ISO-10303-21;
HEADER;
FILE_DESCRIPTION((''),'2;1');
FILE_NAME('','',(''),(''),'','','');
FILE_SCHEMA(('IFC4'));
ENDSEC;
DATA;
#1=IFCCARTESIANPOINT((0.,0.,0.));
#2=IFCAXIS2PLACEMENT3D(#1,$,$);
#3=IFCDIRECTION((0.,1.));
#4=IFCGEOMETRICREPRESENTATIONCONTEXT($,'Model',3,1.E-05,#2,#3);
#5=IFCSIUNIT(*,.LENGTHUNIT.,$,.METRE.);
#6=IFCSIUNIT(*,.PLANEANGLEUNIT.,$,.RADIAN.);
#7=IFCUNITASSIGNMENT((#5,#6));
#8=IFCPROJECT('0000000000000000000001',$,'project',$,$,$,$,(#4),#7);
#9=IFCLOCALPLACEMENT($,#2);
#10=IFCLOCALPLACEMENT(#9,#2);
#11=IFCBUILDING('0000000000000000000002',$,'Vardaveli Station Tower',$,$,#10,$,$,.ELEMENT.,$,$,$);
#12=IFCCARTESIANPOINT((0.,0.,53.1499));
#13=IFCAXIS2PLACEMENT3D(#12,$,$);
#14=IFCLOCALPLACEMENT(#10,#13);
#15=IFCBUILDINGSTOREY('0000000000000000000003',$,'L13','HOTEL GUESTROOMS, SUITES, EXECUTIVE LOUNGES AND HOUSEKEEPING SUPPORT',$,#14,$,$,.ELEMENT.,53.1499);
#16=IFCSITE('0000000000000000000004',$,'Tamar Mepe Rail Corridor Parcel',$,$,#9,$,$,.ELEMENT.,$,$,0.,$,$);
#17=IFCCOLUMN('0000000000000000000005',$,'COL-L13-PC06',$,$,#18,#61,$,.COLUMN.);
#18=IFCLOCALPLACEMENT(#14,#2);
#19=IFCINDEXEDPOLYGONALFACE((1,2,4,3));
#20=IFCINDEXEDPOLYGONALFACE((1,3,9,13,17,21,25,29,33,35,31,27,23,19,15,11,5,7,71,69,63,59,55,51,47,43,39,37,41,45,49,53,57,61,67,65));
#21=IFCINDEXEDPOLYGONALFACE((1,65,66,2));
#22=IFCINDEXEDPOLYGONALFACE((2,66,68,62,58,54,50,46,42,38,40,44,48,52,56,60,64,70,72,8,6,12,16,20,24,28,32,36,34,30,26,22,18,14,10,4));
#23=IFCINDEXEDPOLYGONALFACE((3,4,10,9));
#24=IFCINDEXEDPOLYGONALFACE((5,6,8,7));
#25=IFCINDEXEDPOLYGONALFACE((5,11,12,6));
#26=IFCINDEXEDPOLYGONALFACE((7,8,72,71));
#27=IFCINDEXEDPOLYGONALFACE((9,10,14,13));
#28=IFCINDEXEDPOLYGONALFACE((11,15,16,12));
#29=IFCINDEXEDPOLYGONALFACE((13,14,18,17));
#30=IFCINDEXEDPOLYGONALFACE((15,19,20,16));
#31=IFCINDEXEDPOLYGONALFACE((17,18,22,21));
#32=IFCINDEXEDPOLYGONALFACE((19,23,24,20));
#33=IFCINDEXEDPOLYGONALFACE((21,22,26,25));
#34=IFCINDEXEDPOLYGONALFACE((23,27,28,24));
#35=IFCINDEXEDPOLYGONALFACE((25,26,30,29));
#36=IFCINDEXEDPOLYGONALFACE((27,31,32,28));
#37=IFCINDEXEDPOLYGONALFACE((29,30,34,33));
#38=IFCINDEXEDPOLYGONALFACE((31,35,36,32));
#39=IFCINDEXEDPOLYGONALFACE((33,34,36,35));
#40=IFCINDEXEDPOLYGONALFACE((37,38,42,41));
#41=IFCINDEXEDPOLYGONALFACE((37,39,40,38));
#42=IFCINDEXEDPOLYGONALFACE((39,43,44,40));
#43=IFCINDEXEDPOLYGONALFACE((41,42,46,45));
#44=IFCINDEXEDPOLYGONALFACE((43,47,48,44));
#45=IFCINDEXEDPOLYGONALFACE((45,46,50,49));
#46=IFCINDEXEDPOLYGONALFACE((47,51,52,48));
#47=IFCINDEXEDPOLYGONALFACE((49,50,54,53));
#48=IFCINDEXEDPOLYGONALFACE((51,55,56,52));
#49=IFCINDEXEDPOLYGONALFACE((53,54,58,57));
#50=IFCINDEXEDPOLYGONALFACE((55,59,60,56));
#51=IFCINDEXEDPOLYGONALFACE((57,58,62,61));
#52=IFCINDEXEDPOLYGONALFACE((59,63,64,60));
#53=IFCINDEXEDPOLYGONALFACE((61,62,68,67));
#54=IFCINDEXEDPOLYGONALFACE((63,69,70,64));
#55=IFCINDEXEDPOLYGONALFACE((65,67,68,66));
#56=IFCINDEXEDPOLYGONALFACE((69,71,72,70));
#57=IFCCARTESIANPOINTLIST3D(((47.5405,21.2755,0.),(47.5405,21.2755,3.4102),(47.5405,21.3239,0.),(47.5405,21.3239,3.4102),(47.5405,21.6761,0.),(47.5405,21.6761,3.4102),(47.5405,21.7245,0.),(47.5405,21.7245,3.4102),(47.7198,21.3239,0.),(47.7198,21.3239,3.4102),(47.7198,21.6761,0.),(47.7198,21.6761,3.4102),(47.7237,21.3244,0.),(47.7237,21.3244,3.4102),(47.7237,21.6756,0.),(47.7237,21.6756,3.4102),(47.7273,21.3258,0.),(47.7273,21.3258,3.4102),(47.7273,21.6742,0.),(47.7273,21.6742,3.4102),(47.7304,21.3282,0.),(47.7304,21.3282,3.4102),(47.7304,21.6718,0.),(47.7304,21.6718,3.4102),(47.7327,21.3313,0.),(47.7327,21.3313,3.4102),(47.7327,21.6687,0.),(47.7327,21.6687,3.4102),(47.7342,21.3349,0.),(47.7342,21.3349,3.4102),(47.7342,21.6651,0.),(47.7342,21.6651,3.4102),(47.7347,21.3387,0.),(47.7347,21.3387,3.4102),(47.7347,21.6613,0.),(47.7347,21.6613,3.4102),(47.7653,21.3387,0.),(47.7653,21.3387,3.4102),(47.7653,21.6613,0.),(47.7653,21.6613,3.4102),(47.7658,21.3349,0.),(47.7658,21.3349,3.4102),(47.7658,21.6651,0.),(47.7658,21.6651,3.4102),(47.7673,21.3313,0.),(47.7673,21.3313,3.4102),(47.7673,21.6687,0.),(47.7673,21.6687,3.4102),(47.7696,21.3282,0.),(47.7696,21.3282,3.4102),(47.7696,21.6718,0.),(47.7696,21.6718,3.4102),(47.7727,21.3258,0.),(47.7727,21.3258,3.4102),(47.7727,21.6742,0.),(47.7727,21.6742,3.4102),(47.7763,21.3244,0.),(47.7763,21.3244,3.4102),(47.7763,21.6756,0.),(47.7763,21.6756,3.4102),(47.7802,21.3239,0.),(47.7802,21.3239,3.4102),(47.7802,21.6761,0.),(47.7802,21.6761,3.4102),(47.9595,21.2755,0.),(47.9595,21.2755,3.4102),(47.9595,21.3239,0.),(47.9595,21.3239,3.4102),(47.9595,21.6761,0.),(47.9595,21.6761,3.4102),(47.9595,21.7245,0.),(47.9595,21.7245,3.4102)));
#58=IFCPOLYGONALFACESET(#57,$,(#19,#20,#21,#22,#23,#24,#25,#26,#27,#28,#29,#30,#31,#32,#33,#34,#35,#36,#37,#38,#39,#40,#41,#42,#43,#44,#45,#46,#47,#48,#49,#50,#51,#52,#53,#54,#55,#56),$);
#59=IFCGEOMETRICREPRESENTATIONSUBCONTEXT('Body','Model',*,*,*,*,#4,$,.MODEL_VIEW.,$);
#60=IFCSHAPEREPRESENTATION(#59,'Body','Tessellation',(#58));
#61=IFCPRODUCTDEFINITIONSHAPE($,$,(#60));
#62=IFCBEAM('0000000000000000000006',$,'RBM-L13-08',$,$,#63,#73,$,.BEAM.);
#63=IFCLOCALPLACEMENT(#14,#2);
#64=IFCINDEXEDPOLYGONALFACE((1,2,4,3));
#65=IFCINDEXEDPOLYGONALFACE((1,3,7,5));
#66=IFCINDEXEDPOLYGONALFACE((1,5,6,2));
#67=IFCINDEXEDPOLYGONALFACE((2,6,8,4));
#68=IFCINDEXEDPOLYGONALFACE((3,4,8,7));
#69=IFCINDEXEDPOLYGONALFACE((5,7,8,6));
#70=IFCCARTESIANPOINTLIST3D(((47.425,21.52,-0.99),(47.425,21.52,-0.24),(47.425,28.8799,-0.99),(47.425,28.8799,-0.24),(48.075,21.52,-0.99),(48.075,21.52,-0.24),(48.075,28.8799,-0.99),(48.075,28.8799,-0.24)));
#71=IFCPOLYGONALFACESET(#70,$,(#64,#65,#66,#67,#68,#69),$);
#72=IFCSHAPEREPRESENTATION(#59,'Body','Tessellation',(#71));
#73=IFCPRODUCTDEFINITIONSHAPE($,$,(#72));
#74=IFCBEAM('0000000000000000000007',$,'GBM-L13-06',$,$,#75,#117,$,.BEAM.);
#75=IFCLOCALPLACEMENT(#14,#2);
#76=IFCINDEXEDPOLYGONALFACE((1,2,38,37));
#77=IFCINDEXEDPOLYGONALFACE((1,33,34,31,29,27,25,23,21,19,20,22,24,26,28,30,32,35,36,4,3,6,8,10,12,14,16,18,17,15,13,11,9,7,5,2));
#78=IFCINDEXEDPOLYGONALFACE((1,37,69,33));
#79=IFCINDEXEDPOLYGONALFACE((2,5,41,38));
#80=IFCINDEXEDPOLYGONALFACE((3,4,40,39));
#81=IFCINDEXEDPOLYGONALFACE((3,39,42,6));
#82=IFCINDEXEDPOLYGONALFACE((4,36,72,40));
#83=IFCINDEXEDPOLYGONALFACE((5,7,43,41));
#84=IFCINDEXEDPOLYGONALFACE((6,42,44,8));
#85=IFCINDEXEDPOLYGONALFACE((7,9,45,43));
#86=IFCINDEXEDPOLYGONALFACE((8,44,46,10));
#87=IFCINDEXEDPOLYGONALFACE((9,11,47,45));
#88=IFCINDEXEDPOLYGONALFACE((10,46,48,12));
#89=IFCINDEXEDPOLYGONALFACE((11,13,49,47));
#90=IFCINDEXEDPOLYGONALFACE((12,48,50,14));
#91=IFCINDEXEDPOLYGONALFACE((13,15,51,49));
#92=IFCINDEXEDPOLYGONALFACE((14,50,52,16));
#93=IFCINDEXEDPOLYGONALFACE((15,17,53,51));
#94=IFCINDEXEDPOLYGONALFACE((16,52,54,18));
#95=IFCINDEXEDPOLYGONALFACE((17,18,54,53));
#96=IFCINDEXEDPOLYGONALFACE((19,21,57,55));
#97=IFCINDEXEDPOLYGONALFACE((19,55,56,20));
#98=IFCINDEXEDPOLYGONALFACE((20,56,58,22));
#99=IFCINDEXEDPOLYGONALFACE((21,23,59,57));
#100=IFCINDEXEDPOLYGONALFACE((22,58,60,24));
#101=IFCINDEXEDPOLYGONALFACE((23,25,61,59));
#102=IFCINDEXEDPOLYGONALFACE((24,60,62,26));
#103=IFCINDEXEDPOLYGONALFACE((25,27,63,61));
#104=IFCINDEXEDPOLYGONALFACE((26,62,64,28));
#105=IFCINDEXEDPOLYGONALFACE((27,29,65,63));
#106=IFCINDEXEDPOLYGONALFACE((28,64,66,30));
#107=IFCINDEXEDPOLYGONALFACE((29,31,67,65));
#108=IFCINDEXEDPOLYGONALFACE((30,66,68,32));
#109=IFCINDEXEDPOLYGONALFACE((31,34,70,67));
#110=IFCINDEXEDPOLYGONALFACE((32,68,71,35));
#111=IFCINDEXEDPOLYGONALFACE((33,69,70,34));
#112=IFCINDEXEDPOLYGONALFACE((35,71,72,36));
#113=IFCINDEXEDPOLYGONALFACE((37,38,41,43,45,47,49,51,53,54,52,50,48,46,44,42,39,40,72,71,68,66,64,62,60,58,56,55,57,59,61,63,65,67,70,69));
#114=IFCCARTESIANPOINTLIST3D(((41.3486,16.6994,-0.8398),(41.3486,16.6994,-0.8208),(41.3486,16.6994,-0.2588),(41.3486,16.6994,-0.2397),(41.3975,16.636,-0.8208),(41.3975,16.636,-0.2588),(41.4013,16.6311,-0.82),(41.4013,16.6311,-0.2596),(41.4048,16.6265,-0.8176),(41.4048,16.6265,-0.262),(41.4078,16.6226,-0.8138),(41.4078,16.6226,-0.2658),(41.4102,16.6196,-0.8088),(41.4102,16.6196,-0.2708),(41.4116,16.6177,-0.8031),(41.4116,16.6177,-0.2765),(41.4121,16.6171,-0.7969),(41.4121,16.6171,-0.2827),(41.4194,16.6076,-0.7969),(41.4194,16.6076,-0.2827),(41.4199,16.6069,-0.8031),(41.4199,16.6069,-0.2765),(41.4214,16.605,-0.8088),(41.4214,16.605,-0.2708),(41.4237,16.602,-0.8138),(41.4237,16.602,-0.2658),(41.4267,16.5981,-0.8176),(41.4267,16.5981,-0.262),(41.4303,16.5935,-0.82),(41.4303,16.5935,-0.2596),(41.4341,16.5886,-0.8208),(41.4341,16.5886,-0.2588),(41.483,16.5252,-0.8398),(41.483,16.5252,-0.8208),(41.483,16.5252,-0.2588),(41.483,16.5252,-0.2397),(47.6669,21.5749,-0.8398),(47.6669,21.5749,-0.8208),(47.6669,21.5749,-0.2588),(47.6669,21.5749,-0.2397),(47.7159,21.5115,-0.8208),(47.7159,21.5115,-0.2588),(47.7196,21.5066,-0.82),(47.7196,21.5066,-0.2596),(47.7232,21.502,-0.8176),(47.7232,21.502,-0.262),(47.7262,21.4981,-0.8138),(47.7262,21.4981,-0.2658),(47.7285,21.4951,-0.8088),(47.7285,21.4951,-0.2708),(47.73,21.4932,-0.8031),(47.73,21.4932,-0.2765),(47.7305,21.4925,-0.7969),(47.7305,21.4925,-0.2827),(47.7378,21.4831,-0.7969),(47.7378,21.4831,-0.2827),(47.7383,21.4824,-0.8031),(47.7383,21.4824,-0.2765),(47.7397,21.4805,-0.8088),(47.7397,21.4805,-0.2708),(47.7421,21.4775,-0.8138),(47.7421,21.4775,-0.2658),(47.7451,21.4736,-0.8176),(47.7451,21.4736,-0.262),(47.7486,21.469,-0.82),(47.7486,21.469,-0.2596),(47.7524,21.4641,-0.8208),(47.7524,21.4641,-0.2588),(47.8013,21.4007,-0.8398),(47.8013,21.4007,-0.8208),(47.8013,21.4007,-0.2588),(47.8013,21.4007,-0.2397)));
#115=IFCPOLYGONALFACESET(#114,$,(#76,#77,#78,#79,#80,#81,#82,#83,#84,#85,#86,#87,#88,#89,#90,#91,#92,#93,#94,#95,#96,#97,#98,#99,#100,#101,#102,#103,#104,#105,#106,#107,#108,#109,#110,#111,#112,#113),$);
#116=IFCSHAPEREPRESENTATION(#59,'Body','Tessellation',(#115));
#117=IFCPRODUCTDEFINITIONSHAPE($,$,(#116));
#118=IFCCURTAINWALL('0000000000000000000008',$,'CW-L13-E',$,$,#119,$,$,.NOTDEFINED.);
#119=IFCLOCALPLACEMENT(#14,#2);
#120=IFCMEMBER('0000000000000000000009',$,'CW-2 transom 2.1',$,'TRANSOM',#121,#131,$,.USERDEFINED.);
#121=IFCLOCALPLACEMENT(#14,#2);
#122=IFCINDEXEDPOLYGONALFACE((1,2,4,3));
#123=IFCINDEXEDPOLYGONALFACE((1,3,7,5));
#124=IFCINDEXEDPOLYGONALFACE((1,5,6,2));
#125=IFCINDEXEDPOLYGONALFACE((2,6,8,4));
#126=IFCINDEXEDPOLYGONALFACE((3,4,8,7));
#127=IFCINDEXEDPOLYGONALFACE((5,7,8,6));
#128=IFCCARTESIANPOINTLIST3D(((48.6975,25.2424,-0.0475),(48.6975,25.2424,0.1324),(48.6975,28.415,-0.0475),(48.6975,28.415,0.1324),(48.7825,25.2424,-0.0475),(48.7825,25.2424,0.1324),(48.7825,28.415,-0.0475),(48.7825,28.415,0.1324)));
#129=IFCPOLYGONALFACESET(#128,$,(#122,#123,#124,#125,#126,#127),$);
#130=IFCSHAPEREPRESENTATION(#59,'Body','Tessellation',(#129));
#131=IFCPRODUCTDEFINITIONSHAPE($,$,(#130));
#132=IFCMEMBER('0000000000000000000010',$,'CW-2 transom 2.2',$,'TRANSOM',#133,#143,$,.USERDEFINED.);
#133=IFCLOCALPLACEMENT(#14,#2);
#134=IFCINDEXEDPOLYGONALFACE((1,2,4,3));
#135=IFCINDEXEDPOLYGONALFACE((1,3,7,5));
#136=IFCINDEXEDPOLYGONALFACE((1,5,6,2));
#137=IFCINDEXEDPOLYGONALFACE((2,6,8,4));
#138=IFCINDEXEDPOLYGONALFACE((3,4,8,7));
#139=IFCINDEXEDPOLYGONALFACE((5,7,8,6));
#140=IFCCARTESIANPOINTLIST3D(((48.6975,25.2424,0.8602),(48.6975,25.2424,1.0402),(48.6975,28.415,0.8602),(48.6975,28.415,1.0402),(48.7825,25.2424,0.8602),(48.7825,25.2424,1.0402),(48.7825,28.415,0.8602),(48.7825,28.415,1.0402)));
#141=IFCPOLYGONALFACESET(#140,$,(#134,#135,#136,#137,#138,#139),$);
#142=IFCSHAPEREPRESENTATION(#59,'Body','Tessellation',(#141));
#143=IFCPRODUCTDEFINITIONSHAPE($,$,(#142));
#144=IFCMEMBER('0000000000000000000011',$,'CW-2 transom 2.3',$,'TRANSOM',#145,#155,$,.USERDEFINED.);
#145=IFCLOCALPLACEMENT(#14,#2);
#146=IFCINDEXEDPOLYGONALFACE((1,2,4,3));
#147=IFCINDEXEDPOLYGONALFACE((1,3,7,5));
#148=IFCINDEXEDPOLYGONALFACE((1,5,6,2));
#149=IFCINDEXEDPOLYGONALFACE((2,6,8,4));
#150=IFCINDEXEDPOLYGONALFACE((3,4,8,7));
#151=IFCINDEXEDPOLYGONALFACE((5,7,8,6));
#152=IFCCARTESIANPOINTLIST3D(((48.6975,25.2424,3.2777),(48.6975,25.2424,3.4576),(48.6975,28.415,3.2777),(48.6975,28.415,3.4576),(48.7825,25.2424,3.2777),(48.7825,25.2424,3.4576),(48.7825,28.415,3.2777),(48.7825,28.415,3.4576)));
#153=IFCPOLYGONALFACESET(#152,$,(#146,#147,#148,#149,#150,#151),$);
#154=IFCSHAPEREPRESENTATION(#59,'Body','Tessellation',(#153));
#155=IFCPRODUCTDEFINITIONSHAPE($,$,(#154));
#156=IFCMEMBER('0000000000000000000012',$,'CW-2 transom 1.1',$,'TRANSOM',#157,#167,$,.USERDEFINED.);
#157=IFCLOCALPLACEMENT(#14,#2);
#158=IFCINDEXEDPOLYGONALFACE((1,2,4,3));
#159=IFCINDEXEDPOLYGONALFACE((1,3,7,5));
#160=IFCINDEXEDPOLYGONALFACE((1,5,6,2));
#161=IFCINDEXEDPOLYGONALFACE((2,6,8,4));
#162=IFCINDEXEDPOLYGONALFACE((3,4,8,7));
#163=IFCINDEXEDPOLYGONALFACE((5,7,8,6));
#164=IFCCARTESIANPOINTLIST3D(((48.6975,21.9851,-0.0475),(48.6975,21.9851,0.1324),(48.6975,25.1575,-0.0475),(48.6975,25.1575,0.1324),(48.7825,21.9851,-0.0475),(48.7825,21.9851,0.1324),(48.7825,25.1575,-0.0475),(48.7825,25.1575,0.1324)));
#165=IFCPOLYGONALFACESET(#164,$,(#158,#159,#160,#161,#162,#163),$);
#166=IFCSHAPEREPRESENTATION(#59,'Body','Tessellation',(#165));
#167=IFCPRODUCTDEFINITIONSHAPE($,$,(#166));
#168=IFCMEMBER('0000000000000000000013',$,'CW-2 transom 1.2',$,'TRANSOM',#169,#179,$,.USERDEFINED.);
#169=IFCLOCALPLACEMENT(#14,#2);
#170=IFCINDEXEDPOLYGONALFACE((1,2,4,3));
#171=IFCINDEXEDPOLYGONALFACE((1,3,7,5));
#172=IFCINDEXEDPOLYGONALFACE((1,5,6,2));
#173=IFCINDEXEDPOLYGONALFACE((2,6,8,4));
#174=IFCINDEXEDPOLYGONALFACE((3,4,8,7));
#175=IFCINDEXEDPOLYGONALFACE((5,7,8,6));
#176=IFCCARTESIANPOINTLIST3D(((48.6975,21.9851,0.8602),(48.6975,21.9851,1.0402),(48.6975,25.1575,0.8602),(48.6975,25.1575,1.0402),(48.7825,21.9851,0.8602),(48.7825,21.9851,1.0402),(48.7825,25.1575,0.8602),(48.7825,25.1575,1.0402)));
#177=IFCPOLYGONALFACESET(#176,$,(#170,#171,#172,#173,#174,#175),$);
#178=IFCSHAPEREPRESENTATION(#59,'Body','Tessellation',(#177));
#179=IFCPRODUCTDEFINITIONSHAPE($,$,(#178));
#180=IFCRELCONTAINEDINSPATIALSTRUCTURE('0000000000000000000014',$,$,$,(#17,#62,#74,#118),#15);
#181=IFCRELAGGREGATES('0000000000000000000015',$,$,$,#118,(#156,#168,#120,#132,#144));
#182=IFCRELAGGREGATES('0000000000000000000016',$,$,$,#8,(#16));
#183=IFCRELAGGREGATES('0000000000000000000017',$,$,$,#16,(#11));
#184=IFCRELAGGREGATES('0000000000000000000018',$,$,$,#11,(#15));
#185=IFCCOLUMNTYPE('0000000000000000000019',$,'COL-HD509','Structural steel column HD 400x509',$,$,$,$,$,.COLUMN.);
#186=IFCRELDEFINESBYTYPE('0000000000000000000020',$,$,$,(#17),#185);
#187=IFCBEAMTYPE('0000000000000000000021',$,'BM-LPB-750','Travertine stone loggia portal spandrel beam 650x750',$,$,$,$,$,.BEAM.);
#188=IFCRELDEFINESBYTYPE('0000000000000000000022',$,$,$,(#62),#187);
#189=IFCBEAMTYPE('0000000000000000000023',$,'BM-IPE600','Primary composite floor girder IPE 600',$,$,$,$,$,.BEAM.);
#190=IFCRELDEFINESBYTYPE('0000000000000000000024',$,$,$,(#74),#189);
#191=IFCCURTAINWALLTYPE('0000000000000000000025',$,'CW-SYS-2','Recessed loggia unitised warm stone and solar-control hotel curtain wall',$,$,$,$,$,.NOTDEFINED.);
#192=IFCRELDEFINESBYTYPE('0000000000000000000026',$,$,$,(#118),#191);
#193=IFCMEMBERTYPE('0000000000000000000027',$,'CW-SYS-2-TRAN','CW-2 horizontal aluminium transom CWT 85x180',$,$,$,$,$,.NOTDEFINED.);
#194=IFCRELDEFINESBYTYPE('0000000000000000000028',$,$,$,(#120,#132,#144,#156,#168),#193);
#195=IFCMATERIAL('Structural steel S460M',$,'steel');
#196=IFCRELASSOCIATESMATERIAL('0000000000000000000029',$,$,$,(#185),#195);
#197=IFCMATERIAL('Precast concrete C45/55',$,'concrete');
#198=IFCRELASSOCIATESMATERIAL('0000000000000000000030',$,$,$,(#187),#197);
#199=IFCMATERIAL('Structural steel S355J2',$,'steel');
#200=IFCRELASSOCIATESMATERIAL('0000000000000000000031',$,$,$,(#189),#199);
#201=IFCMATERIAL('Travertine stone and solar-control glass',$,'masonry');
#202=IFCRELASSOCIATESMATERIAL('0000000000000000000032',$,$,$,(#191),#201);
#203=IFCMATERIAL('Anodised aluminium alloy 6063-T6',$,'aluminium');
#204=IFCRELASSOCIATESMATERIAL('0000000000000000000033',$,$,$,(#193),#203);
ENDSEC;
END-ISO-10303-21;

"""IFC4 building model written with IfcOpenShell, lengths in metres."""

from ifc_helpers import new_model, si_unit, direction, frame, origin, origin_2d, place, context, subcontext, project, spatial, rectangle, i_section, extrude, source, transform, mapped, material, material_profile, profile_set, type_object, element, aggregate, save


model = new_model("IFC4")

# Units and contexts
model_context = context("Model", 3, precision=1e-05, world=origin(), true_north=direction((0.0, 1.0)))
body_context = subcontext(model_context, "Body", "Model", "MODEL_VIEW")
ifc_project = project(units=[si_unit("LENGTHUNIT", "METRE"), si_unit("PLANEANGLEUNIT", "RADIAN")], contexts=[model_context])

# Site, building, storey
site_placement = place(None, origin())
site = spatial("IfcSite", under=ifc_project, at=site_placement, Name="Tamar Mepe Rail Corridor Parcel", CompositionType="ELEMENT", RefElevation=0.0)
building_placement = place(site_placement, origin())
building = spatial("IfcBuilding", under=site, at=building_placement, Name="Vardaveli Station Tower", CompositionType="ELEMENT")
storey_placement = place(building_placement, frame((0.0, 0.0, 53.1499)))
storey = spatial("IfcBuildingStorey", under=building, at=storey_placement, Name="L13", Description="HOTEL GUESTROOMS, SUITES, EXECUTIVE LOUNGES AND HOUSEKEEPING SUPPORT", CompositionType="ELEMENT", Elevation=53.1499)

# Column
ifc_material_1 = material(Name="Structural steel S460M", Category="steel")
ifc_material_profile_1 = material_profile(ifc_material_1, i_section(OverallWidth=0.4189, OverallDepth=0.449, WebThickness=0.0305, FlangeThickness=0.0483, FilletRadius=0.0149, at=origin_2d()), Name="HD 400x509")
ifc_profile_set_1 = profile_set([ifc_material_profile_1], Name="Structural steel S460M")
column_type = type_object("IfcColumnType", Name="COL-HD509", Description="Structural steel column HD 400x509", PredefinedType="COLUMN", material=ifc_profile_set_1)
shared_shape_1 = source(origin(), body_context, "Body", "SweptSolid", [
    extrude(i_section(OverallWidth=0.4189, OverallDepth=0.449, WebThickness=0.0305, FlangeThickness=0.0483, FilletRadius=0.0149, at=origin_2d()), origin(), (0.0, 0.0, 1.0), 3.4102),
])
column_placement = place(storey_placement, frame((47.75, 21.5, 0.0), z_axis=(0.0, 0.0, 1.0), x_axis=(1.0, 0.0, 0.0)))
element("IfcColumn", 1, at=column_placement, inside=storey, type_object=column_type, Name="COL-L13-PC06", PredefinedType="COLUMN", context=body_context, shape_type="MappedRepresentation", body=[
    mapped(shared_shape_1, transform((0.0, 0.0, 0.0), scale=1.0)),
])

# Beams
ifc_material_2 = material(Name="Precast concrete C45/55", Category="concrete")
ifc_material_profile_2 = material_profile(ifc_material_2, rectangle(XDim=0.6499, YDim=0.75, at=origin_2d()), Name="LPB 650x750")
ifc_profile_set_2 = profile_set([ifc_material_profile_2], Name="Precast concrete C45/55")
beam_type_1 = type_object("IfcBeamType", Name="BM-LPB-750", Description="Travertine stone loggia portal spandrel beam 650x750", PredefinedType="BEAM", material=ifc_profile_set_2)
shared_shape_2 = source(origin(), body_context, "Body", "SweptSolid", [
    extrude(rectangle(XDim=0.6499, YDim=0.75, at=origin_2d()), origin(), (0.0, 0.0, 1.0), 7.3599),
])
beam_1_placement = place(storey_placement, frame((47.75, 21.52, -0.615), z_axis=(0.0, 1.0, 0.0), x_axis=(-1.0, 0.0, 0.0)))
element("IfcBeam", 2, at=beam_1_placement, inside=storey, type_object=beam_type_1, Name="RBM-L13-08", PredefinedType="BEAM", context=body_context, shape_type="MappedRepresentation", body=[
    mapped(shared_shape_2, transform((0.0, 0.0, 0.0), scale=1.0)),
])
ifc_material_3 = material(Name="Structural steel S355J2", Category="steel")
ifc_material_profile_3 = material_profile(ifc_material_3, i_section(OverallWidth=0.22, OverallDepth=0.6001, WebThickness=0.012, FlangeThickness=0.019, FilletRadius=0.0239, at=origin_2d()), Name="IPE 600")
ifc_profile_set_3 = profile_set([ifc_material_profile_3], Name="Structural steel S355J2")
beam_type_2 = type_object("IfcBeamType", Name="BM-IPE600", Description="Primary composite floor girder IPE 600", PredefinedType="BEAM", material=ifc_profile_set_3)
shared_shape_3 = source(origin(), body_context, "Body", "SweptSolid", [
    extrude(i_section(OverallWidth=0.22, OverallDepth=0.6001, WebThickness=0.012, FlangeThickness=0.019, FilletRadius=0.0239, at=origin_2d()), origin(), (0.0, 0.0, 1.0), 7.9807),
])
beam_2_placement = place(storey_placement, frame((47.7341, 21.4878, -0.5398), z_axis=(-0.791702, -0.610908, 0.0), x_axis=(0.610908, -0.791702, 0.0)))
element("IfcBeam", 3, at=beam_2_placement, inside=storey, type_object=beam_type_2, Name="GBM-L13-06", PredefinedType="BEAM", context=body_context, shape_type="MappedRepresentation", body=[
    mapped(shared_shape_3, transform((0.0, 0.0, 0.0), scale=1.0)),
])

# Curtain wall, members
ifc_material_4 = material(Name="Travertine stone and solar-control glass", Category="masonry")
curtain_wall_type = type_object("IfcCurtainWallType", Name="CW-SYS-2", Description="Recessed loggia unitised warm stone and solar-control hotel curtain wall", PredefinedType="NOTDEFINED", material=ifc_material_4)
curtain_wall_placement = place(storey_placement, origin())
curtain_wall = element("IfcCurtainWall", 4, at=curtain_wall_placement, inside=storey, type_object=curtain_wall_type, Name="CW-L13-E", PredefinedType="NOTDEFINED")
ifc_material_5 = material(Name="Anodised aluminium alloy 6063-T6", Category="aluminium")
ifc_material_profile_4 = material_profile(ifc_material_5, rectangle(XDim=0.085, YDim=0.1799, at=origin_2d()), Name="CWT 85x180")
ifc_profile_set_4 = profile_set([ifc_material_profile_4], Name="Anodised aluminium alloy 6063-T6")
member_type_1 = type_object("IfcMemberType", Name="CW-SYS-2-TRAN", Description="CW-2 horizontal aluminium transom CWT 85x180", PredefinedType="NOTDEFINED", material=ifc_profile_set_4)
shared_shape_4 = source(origin(), body_context, "Body", "SweptSolid", [
    extrude(rectangle(XDim=0.085, YDim=0.1799, at=origin_2d()), origin(), (0.0, 0.0, 1.0), 3.1726),
])
member_1_placement = place(storey_placement, frame((48.74, 25.2424, 0.0425), z_axis=(0.0, 1.0, 0.0), x_axis=(-1.0, 0.0, 0.0)))
member_1 = element("IfcMember", 5, at=member_1_placement, type_object=member_type_1, Name="CW-2 transom 2.1", ObjectType="TRANSOM", PredefinedType="USERDEFINED", context=body_context, shape_type="MappedRepresentation", body=[
    mapped(shared_shape_4, transform((0.0, 0.0, 0.0), scale=1.0)),
])
member_2_placement = place(storey_placement, frame((48.74, 25.2424, 0.9502), z_axis=(0.0, 1.0, 0.0), x_axis=(-1.0, 0.0, 0.0)))
member_2 = element("IfcMember", 6, at=member_2_placement, type_object=member_type_1, Name="CW-2 transom 2.2", ObjectType="TRANSOM", PredefinedType="USERDEFINED", context=body_context, shape_type="MappedRepresentation", body=[
    mapped(shared_shape_4, transform((0.0, 0.0, 0.0), scale=1.0)),
])
member_3_placement = place(storey_placement, frame((48.74, 25.2424, 3.3677), z_axis=(0.0, 1.0, 0.0), x_axis=(-1.0, 0.0, 0.0)))
member_3 = element("IfcMember", 7, at=member_3_placement, type_object=member_type_1, Name="CW-2 transom 2.3", ObjectType="TRANSOM", PredefinedType="USERDEFINED", context=body_context, shape_type="MappedRepresentation", body=[
    mapped(shared_shape_4, transform((0.0, 0.0, 0.0), scale=1.0)),
])
shared_shape_5 = source(origin(), body_context, "Body", "SweptSolid", [
    extrude(rectangle(XDim=0.085, YDim=0.1799, at=origin_2d()), origin(), (0.0, 0.0, 1.0), 3.1724),
])
member_4_placement = place(storey_placement, frame((48.74, 21.9851, 0.0425), z_axis=(0.0, 1.0, 0.0), x_axis=(-1.0, 0.0, 0.0)))
member_4 = element("IfcMember", 8, at=member_4_placement, type_object=member_type_1, Name="CW-2 transom 1.1", ObjectType="TRANSOM", PredefinedType="USERDEFINED", context=body_context, shape_type="MappedRepresentation", body=[
    mapped(shared_shape_5, transform((0.0, 0.0, 0.0), scale=1.0)),
])
member_5_placement = place(storey_placement, frame((48.74, 21.9851, 0.9502), z_axis=(0.0, 1.0, 0.0), x_axis=(-1.0, 0.0, 0.0)))
member_5 = element("IfcMember", 9, at=member_5_placement, type_object=member_type_1, Name="CW-2 transom 1.2", ObjectType="TRANSOM", PredefinedType="USERDEFINED", context=body_context, shape_type="MappedRepresentation", body=[
    mapped(shared_shape_5, transform((0.0, 0.0, 0.0), scale=1.0)),
])
aggregate(curtain_wall, [member_4, member_5, member_1, member_2, member_3])

save(model, "model.ifc")
